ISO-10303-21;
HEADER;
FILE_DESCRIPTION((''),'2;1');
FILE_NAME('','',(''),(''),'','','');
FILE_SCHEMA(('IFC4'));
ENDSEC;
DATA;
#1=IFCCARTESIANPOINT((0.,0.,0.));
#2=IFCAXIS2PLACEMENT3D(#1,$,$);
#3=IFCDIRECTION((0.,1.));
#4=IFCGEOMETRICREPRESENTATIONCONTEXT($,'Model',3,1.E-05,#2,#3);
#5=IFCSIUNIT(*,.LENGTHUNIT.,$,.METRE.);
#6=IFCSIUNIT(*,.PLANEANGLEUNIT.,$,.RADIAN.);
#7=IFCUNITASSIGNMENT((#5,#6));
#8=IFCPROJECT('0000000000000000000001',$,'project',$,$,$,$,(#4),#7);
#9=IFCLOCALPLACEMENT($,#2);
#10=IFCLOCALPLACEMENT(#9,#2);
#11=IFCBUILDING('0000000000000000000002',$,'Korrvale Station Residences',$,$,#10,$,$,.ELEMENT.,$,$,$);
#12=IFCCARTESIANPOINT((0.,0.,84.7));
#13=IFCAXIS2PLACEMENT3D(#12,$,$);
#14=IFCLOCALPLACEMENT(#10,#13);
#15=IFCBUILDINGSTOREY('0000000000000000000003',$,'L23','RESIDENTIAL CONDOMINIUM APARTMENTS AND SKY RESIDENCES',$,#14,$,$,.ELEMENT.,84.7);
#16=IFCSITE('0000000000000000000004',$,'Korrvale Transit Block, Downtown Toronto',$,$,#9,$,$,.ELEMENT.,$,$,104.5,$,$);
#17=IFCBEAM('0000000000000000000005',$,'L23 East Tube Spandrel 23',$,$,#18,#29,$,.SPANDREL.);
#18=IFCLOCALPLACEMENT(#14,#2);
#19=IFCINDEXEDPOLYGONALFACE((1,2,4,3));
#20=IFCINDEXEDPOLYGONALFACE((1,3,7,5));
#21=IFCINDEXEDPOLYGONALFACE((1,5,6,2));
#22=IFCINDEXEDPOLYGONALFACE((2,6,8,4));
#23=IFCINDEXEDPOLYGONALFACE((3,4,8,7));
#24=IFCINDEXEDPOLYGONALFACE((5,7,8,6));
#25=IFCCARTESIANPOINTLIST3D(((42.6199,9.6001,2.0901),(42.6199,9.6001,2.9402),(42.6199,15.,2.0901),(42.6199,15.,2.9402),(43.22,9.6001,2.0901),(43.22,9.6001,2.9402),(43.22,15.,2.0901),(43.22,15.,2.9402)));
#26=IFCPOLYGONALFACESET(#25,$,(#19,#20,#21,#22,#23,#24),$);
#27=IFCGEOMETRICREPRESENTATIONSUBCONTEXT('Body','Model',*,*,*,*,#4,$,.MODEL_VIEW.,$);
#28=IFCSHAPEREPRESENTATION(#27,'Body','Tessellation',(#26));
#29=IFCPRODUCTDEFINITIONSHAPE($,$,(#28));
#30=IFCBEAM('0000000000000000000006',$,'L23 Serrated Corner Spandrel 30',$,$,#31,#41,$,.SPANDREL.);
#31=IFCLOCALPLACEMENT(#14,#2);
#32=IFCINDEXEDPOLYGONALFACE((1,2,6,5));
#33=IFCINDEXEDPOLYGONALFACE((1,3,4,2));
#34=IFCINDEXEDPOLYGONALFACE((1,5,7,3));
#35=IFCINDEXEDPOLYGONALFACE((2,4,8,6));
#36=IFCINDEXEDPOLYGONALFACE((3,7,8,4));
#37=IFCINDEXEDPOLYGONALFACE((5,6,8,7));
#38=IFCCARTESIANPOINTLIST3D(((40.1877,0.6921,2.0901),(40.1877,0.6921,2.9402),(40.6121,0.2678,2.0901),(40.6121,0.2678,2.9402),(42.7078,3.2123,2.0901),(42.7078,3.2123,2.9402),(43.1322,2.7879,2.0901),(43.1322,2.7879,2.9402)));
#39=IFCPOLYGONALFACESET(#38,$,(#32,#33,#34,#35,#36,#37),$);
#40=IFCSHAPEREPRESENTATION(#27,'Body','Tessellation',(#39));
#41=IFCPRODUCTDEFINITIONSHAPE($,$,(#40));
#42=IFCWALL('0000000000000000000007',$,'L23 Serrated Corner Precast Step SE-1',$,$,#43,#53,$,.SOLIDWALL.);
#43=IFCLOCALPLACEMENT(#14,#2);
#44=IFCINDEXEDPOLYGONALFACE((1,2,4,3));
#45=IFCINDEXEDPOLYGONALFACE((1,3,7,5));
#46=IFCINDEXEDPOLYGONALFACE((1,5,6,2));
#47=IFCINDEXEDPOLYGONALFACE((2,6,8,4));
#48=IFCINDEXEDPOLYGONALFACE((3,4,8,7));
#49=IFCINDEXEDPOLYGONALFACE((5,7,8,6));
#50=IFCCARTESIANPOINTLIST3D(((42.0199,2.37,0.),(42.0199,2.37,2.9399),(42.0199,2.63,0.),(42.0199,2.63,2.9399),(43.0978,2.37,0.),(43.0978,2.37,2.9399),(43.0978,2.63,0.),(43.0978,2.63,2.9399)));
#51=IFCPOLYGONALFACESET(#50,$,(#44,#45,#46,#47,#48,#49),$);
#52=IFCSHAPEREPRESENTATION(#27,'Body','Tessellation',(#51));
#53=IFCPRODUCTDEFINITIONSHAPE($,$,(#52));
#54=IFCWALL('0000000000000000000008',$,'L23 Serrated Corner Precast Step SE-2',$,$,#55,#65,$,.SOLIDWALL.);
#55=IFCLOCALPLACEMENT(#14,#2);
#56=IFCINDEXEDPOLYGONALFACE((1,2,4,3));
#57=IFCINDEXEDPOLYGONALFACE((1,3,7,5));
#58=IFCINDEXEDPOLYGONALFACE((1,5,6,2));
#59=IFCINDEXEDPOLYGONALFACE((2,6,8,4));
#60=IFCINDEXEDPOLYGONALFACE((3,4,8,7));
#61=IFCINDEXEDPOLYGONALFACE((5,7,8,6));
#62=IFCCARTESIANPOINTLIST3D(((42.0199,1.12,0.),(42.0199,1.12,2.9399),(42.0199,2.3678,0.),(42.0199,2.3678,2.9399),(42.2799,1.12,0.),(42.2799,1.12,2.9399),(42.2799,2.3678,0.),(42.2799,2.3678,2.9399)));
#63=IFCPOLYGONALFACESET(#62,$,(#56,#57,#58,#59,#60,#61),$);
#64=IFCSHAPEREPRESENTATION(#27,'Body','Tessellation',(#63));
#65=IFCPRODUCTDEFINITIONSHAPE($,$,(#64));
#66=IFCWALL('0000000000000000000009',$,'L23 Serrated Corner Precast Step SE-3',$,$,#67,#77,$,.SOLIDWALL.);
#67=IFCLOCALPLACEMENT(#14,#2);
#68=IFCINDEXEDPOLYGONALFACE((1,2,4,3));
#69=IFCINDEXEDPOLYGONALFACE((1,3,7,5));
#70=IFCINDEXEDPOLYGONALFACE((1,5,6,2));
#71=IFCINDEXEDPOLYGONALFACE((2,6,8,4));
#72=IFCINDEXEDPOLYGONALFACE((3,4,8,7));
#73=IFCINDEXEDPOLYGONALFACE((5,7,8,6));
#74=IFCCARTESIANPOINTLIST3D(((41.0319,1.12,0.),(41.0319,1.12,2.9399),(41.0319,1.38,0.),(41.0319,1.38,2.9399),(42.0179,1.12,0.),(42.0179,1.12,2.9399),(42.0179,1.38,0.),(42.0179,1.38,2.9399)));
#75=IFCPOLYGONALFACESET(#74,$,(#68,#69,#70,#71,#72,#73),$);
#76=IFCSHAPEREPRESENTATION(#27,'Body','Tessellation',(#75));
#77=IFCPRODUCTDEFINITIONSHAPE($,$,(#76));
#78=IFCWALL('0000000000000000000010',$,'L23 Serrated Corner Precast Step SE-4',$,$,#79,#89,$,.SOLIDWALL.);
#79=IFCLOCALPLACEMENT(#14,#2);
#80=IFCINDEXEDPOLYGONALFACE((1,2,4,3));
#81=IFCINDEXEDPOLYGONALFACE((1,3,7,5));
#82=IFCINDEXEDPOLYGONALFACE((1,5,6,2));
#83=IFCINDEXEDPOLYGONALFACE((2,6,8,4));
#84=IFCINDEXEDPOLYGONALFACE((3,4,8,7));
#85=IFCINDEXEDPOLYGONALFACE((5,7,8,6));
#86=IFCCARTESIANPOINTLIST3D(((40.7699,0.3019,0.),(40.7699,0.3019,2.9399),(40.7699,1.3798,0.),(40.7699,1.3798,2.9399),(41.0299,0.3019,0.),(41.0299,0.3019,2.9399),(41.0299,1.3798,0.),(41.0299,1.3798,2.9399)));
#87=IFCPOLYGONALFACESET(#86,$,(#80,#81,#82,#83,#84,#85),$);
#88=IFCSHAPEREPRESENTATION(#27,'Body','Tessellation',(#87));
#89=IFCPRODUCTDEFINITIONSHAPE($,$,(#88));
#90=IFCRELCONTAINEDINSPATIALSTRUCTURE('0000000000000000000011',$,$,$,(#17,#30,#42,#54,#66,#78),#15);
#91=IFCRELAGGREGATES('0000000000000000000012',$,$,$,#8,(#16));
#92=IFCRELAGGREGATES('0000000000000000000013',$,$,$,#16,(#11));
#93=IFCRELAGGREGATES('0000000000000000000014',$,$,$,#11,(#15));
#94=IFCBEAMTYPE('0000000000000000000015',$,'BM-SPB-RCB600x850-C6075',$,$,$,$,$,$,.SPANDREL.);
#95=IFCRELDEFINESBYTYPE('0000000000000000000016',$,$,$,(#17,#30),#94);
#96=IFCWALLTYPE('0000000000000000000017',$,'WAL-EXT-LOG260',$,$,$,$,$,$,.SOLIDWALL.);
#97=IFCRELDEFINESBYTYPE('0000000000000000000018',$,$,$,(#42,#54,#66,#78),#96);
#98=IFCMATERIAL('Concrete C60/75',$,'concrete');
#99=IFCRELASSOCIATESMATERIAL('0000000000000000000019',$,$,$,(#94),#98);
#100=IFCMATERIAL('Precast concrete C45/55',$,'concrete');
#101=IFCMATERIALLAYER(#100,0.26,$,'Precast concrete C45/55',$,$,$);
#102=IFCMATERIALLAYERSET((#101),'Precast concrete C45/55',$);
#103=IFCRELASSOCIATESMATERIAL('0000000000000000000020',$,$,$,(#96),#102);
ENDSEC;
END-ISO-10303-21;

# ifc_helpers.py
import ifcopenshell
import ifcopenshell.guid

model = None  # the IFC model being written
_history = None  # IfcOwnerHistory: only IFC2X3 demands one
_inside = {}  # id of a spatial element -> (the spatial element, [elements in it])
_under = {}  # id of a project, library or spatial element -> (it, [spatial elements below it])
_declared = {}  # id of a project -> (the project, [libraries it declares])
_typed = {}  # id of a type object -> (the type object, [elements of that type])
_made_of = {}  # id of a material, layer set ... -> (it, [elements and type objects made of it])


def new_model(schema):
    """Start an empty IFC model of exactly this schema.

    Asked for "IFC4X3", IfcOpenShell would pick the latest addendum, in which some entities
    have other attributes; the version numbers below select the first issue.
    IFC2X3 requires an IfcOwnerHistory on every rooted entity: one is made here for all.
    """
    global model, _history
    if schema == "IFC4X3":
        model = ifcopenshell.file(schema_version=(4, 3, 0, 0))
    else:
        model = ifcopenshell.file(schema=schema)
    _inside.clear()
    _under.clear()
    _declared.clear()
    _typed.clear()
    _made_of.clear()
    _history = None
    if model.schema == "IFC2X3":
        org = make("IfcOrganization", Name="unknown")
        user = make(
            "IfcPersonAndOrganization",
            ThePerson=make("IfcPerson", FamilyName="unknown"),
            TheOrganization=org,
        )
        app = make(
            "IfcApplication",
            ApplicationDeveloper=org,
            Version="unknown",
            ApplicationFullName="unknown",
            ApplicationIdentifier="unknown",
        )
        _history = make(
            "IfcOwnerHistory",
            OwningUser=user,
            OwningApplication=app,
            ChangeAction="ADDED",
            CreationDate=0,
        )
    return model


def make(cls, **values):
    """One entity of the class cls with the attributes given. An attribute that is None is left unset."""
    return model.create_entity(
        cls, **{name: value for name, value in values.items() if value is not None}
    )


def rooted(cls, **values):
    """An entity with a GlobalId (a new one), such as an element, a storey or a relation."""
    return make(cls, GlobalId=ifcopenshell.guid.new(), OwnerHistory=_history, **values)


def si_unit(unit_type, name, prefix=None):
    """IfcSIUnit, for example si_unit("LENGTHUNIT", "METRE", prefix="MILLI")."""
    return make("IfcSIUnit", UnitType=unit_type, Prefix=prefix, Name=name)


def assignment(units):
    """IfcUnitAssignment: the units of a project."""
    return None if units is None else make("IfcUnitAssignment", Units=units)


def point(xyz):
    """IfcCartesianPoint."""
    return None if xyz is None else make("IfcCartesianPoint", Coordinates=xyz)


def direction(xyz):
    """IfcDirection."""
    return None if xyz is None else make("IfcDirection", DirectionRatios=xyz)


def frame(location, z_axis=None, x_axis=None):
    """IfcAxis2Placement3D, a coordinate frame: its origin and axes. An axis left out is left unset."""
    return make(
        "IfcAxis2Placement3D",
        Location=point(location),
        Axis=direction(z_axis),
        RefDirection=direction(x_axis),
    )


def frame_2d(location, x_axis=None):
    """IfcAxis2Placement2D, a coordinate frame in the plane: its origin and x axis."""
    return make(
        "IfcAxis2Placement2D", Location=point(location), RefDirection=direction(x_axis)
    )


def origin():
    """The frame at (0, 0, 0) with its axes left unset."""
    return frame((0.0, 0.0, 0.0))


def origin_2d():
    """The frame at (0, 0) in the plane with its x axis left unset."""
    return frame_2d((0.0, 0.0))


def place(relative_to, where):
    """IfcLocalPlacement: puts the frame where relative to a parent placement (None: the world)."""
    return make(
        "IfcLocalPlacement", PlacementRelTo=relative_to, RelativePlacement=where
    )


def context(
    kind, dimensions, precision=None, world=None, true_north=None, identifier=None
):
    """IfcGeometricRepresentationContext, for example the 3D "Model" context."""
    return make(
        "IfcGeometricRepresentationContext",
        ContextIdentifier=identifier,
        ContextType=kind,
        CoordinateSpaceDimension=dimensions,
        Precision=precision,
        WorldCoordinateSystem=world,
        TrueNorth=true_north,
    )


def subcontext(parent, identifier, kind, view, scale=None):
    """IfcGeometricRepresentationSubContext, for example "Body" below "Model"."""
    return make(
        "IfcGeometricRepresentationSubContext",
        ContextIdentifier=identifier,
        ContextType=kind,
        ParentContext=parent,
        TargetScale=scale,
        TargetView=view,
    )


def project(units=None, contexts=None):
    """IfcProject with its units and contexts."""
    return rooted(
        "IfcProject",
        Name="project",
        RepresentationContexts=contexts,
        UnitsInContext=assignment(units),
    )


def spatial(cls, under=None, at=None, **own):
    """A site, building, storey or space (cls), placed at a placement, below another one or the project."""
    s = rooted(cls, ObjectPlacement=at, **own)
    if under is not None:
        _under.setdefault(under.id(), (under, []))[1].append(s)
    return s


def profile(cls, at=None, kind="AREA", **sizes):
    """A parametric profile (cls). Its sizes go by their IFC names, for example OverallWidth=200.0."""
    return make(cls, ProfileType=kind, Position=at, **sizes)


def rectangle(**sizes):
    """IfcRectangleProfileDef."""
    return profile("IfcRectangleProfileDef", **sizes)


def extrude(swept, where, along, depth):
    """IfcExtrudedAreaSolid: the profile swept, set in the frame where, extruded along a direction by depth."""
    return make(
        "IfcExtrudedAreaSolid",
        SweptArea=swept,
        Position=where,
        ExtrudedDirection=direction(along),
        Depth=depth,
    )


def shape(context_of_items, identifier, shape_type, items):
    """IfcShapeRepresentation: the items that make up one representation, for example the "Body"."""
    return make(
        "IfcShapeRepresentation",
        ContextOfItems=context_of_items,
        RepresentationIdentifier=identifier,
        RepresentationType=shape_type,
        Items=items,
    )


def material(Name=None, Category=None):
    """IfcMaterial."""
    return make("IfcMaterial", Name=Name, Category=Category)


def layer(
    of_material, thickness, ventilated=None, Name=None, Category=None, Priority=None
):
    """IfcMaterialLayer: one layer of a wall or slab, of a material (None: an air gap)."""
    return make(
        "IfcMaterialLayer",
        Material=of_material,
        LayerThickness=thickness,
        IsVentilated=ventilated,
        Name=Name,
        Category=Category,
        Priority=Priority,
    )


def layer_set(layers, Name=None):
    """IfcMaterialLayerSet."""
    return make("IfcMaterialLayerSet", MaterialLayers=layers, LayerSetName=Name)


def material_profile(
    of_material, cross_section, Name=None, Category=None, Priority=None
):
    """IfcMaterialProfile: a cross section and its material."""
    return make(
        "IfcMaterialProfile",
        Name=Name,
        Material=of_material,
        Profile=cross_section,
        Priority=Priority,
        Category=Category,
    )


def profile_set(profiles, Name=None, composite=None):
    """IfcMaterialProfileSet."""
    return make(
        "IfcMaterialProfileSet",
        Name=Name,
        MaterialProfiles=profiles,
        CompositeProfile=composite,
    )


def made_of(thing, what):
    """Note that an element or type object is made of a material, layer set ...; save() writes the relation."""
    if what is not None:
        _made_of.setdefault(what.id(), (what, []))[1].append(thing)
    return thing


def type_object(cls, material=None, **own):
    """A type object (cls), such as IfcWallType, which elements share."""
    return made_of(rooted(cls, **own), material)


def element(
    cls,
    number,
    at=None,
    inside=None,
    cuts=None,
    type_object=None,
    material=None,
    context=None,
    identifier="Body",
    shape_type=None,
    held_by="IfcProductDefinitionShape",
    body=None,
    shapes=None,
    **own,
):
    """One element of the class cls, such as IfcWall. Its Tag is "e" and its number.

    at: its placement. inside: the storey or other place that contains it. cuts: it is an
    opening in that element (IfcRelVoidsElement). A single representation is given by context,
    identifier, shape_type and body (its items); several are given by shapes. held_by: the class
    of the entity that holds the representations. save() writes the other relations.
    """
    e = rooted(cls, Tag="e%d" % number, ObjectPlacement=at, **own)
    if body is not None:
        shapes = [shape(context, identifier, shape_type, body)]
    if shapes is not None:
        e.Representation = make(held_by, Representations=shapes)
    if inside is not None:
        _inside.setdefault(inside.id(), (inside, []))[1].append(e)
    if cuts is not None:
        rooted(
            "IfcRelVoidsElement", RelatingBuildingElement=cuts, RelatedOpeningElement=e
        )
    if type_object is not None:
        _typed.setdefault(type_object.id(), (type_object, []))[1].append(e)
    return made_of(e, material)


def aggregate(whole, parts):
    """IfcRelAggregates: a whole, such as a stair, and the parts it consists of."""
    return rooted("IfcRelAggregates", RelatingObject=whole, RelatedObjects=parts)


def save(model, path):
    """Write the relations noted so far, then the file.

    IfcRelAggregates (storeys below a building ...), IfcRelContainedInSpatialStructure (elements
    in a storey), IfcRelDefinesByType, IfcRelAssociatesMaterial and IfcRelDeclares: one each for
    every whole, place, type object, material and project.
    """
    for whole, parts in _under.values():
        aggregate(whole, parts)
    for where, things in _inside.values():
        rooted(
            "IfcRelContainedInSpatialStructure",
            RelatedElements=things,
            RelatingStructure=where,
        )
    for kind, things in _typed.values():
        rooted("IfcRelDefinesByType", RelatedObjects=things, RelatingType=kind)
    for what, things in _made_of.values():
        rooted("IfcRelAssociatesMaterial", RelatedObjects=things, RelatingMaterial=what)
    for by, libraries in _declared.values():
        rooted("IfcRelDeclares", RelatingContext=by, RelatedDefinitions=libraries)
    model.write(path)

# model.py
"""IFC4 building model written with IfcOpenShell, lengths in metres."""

from ifc_helpers import new_model, si_unit, direction, frame, frame_2d, origin, origin_2d, place, context, subcontext, project, spatial, rectangle, extrude, material, layer, layer_set, material_profile, profile_set, type_object, element, save


model = new_model("IFC4")

# Units and contexts
model_context = context("Model", 3, precision=1e-05, world=origin(), true_north=direction((0.0, 1.0)))
body_context = subcontext(model_context, "Body", "Model", "MODEL_VIEW")
ifc_project = project(units=[si_unit("LENGTHUNIT", "METRE"), si_unit("PLANEANGLEUNIT", "RADIAN")], contexts=[model_context])

# Site, building, storey
site_placement = place(None, origin())
site = spatial("IfcSite", under=ifc_project, at=site_placement, Name="Korrvale Transit Block, Downtown Toronto", CompositionType="ELEMENT", RefElevation=104.5)
building_placement = place(site_placement, origin())
building = spatial("IfcBuilding", under=site, at=building_placement, Name="Korrvale Station Residences", CompositionType="ELEMENT")
storey_placement = place(building_placement, frame((0.0, 0.0, 84.7)))
storey = spatial("IfcBuildingStorey", under=building, at=storey_placement, Name="L23", Description="RESIDENTIAL CONDOMINIUM APARTMENTS AND SKY RESIDENCES", CompositionType="ELEMENT", Elevation=84.7)

# Shared definitions
ifc_material_1 = material(Name="Concrete C60/75", Category="concrete")

# Beams
ifc_material_profile_1 = material_profile(ifc_material_1, rectangle(XDim=0.6001, YDim=0.8501, at=origin_2d()), Name="RCB600x850")
ifc_profile_set_1 = profile_set([ifc_material_profile_1], Name="Concrete C60/75")
beam_type_1 = type_object("IfcBeamType", Name="BM-SPB-RCB600x850-C6075", PredefinedType="SPANDREL", material=ifc_profile_set_1)
beam_1_placement = place(storey_placement, frame((42.9199, 9.6001, 2.5151), z_axis=(0.0, 1.0, 0.0), x_axis=(-1.0, 0.0, 0.0)))
element("IfcBeam", 1, at=beam_1_placement, inside=storey, type_object=beam_type_1, Name="L23 East Tube Spandrel 23", PredefinedType="SPANDREL", context=body_context, shape_type="SweptSolid", body=[
    extrude(rectangle(XDim=0.6001, YDim=0.8501, at=origin_2d()), origin(), (0.0, 0.0, 1.0), 5.3999),
])
beam_2_placement = place(storey_placement, frame((40.3999, 0.48, 2.5151), z_axis=(0.707107, 0.707107, 0.0), x_axis=(-0.707107, 0.707107, 0.0)))
element("IfcBeam", 2, at=beam_2_placement, inside=storey, type_object=beam_type_1, Name="L23 Serrated Corner Spandrel 30", PredefinedType="SPANDREL", context=body_context, shape_type="SweptSolid", body=[
    extrude(rectangle(XDim=0.6001, YDim=0.8501, at=origin_2d()), origin(), (0.0, 0.0, 1.0), 3.564),
])

# Walls
ifc_material_2 = material(Name="Precast concrete C45/55", Category="concrete")
ifc_layer_1 = layer(ifc_material_2, 0.26, Name="Precast concrete C45/55")
ifc_layer_set_1 = layer_set([ifc_layer_1], Name="Precast concrete C45/55")
wall_type_1 = type_object("IfcWallType", Name="WAL-EXT-LOG260", PredefinedType="SOLIDWALL", material=ifc_layer_set_1)
wall_1_placement = place(storey_placement, frame((43.0979, 2.5, 0.0), z_axis=(0.0, 0.0, 1.0), x_axis=(-1.0, 0.0, 0.0)))
element("IfcWall", 3, at=wall_1_placement, inside=storey, type_object=wall_type_1, Name="L23 Serrated Corner Precast Step SE-1", PredefinedType="SOLIDWALL", context=body_context, shape_type="SweptSolid", body=[
    extrude(rectangle(XDim=1.0779, YDim=0.26, at=frame_2d((0.5391, 0.0))), origin(), (0.0, 0.0, 1.0), 2.9399),
])
wall_2_placement = place(storey_placement, frame((42.1499, 2.3679, 0.0), z_axis=(0.0, 0.0, 1.0), x_axis=(0.0, -1.0, 0.0)))
element("IfcWall", 4, at=wall_2_placement, inside=storey, type_object=wall_type_1, Name="L23 Serrated Corner Precast Step SE-2", PredefinedType="SOLIDWALL", context=body_context, shape_type="SweptSolid", body=[
    extrude(rectangle(XDim=1.2478, YDim=0.26, at=frame_2d((0.624, 0.0))), origin(), (0.0, 0.0, 1.0), 2.9399),
])
wall_3_placement = place(storey_placement, frame((42.0181, 1.25, 0.0), z_axis=(0.0, 0.0, 1.0), x_axis=(-1.0, 0.0, 0.0)))
element("IfcWall", 5, at=wall_3_placement, inside=storey, type_object=wall_type_1, Name="L23 Serrated Corner Precast Step SE-3", PredefinedType="SOLIDWALL", context=body_context, shape_type="SweptSolid", body=[
    extrude(rectangle(XDim=0.9861, YDim=0.26, at=frame_2d((0.4932, 0.0))), origin(), (0.0, 0.0, 1.0), 2.9399),
])
wall_4_placement = place(storey_placement, frame((40.8999, 1.3799, 0.0), z_axis=(0.0, 0.0, 1.0), x_axis=(0.0, -1.0, 0.0)))
element("IfcWall", 6, at=wall_4_placement, inside=storey, type_object=wall_type_1, Name="L23 Serrated Corner Precast Step SE-4", PredefinedType="SOLIDWALL", context=body_context, shape_type="SweptSolid", body=[
    extrude(rectangle(XDim=1.0779, YDim=0.26, at=frame_2d((0.5391, 0.0))), origin(), (0.0, 0.0, 1.0), 2.9399),
])

save(model, "model.ifc")
